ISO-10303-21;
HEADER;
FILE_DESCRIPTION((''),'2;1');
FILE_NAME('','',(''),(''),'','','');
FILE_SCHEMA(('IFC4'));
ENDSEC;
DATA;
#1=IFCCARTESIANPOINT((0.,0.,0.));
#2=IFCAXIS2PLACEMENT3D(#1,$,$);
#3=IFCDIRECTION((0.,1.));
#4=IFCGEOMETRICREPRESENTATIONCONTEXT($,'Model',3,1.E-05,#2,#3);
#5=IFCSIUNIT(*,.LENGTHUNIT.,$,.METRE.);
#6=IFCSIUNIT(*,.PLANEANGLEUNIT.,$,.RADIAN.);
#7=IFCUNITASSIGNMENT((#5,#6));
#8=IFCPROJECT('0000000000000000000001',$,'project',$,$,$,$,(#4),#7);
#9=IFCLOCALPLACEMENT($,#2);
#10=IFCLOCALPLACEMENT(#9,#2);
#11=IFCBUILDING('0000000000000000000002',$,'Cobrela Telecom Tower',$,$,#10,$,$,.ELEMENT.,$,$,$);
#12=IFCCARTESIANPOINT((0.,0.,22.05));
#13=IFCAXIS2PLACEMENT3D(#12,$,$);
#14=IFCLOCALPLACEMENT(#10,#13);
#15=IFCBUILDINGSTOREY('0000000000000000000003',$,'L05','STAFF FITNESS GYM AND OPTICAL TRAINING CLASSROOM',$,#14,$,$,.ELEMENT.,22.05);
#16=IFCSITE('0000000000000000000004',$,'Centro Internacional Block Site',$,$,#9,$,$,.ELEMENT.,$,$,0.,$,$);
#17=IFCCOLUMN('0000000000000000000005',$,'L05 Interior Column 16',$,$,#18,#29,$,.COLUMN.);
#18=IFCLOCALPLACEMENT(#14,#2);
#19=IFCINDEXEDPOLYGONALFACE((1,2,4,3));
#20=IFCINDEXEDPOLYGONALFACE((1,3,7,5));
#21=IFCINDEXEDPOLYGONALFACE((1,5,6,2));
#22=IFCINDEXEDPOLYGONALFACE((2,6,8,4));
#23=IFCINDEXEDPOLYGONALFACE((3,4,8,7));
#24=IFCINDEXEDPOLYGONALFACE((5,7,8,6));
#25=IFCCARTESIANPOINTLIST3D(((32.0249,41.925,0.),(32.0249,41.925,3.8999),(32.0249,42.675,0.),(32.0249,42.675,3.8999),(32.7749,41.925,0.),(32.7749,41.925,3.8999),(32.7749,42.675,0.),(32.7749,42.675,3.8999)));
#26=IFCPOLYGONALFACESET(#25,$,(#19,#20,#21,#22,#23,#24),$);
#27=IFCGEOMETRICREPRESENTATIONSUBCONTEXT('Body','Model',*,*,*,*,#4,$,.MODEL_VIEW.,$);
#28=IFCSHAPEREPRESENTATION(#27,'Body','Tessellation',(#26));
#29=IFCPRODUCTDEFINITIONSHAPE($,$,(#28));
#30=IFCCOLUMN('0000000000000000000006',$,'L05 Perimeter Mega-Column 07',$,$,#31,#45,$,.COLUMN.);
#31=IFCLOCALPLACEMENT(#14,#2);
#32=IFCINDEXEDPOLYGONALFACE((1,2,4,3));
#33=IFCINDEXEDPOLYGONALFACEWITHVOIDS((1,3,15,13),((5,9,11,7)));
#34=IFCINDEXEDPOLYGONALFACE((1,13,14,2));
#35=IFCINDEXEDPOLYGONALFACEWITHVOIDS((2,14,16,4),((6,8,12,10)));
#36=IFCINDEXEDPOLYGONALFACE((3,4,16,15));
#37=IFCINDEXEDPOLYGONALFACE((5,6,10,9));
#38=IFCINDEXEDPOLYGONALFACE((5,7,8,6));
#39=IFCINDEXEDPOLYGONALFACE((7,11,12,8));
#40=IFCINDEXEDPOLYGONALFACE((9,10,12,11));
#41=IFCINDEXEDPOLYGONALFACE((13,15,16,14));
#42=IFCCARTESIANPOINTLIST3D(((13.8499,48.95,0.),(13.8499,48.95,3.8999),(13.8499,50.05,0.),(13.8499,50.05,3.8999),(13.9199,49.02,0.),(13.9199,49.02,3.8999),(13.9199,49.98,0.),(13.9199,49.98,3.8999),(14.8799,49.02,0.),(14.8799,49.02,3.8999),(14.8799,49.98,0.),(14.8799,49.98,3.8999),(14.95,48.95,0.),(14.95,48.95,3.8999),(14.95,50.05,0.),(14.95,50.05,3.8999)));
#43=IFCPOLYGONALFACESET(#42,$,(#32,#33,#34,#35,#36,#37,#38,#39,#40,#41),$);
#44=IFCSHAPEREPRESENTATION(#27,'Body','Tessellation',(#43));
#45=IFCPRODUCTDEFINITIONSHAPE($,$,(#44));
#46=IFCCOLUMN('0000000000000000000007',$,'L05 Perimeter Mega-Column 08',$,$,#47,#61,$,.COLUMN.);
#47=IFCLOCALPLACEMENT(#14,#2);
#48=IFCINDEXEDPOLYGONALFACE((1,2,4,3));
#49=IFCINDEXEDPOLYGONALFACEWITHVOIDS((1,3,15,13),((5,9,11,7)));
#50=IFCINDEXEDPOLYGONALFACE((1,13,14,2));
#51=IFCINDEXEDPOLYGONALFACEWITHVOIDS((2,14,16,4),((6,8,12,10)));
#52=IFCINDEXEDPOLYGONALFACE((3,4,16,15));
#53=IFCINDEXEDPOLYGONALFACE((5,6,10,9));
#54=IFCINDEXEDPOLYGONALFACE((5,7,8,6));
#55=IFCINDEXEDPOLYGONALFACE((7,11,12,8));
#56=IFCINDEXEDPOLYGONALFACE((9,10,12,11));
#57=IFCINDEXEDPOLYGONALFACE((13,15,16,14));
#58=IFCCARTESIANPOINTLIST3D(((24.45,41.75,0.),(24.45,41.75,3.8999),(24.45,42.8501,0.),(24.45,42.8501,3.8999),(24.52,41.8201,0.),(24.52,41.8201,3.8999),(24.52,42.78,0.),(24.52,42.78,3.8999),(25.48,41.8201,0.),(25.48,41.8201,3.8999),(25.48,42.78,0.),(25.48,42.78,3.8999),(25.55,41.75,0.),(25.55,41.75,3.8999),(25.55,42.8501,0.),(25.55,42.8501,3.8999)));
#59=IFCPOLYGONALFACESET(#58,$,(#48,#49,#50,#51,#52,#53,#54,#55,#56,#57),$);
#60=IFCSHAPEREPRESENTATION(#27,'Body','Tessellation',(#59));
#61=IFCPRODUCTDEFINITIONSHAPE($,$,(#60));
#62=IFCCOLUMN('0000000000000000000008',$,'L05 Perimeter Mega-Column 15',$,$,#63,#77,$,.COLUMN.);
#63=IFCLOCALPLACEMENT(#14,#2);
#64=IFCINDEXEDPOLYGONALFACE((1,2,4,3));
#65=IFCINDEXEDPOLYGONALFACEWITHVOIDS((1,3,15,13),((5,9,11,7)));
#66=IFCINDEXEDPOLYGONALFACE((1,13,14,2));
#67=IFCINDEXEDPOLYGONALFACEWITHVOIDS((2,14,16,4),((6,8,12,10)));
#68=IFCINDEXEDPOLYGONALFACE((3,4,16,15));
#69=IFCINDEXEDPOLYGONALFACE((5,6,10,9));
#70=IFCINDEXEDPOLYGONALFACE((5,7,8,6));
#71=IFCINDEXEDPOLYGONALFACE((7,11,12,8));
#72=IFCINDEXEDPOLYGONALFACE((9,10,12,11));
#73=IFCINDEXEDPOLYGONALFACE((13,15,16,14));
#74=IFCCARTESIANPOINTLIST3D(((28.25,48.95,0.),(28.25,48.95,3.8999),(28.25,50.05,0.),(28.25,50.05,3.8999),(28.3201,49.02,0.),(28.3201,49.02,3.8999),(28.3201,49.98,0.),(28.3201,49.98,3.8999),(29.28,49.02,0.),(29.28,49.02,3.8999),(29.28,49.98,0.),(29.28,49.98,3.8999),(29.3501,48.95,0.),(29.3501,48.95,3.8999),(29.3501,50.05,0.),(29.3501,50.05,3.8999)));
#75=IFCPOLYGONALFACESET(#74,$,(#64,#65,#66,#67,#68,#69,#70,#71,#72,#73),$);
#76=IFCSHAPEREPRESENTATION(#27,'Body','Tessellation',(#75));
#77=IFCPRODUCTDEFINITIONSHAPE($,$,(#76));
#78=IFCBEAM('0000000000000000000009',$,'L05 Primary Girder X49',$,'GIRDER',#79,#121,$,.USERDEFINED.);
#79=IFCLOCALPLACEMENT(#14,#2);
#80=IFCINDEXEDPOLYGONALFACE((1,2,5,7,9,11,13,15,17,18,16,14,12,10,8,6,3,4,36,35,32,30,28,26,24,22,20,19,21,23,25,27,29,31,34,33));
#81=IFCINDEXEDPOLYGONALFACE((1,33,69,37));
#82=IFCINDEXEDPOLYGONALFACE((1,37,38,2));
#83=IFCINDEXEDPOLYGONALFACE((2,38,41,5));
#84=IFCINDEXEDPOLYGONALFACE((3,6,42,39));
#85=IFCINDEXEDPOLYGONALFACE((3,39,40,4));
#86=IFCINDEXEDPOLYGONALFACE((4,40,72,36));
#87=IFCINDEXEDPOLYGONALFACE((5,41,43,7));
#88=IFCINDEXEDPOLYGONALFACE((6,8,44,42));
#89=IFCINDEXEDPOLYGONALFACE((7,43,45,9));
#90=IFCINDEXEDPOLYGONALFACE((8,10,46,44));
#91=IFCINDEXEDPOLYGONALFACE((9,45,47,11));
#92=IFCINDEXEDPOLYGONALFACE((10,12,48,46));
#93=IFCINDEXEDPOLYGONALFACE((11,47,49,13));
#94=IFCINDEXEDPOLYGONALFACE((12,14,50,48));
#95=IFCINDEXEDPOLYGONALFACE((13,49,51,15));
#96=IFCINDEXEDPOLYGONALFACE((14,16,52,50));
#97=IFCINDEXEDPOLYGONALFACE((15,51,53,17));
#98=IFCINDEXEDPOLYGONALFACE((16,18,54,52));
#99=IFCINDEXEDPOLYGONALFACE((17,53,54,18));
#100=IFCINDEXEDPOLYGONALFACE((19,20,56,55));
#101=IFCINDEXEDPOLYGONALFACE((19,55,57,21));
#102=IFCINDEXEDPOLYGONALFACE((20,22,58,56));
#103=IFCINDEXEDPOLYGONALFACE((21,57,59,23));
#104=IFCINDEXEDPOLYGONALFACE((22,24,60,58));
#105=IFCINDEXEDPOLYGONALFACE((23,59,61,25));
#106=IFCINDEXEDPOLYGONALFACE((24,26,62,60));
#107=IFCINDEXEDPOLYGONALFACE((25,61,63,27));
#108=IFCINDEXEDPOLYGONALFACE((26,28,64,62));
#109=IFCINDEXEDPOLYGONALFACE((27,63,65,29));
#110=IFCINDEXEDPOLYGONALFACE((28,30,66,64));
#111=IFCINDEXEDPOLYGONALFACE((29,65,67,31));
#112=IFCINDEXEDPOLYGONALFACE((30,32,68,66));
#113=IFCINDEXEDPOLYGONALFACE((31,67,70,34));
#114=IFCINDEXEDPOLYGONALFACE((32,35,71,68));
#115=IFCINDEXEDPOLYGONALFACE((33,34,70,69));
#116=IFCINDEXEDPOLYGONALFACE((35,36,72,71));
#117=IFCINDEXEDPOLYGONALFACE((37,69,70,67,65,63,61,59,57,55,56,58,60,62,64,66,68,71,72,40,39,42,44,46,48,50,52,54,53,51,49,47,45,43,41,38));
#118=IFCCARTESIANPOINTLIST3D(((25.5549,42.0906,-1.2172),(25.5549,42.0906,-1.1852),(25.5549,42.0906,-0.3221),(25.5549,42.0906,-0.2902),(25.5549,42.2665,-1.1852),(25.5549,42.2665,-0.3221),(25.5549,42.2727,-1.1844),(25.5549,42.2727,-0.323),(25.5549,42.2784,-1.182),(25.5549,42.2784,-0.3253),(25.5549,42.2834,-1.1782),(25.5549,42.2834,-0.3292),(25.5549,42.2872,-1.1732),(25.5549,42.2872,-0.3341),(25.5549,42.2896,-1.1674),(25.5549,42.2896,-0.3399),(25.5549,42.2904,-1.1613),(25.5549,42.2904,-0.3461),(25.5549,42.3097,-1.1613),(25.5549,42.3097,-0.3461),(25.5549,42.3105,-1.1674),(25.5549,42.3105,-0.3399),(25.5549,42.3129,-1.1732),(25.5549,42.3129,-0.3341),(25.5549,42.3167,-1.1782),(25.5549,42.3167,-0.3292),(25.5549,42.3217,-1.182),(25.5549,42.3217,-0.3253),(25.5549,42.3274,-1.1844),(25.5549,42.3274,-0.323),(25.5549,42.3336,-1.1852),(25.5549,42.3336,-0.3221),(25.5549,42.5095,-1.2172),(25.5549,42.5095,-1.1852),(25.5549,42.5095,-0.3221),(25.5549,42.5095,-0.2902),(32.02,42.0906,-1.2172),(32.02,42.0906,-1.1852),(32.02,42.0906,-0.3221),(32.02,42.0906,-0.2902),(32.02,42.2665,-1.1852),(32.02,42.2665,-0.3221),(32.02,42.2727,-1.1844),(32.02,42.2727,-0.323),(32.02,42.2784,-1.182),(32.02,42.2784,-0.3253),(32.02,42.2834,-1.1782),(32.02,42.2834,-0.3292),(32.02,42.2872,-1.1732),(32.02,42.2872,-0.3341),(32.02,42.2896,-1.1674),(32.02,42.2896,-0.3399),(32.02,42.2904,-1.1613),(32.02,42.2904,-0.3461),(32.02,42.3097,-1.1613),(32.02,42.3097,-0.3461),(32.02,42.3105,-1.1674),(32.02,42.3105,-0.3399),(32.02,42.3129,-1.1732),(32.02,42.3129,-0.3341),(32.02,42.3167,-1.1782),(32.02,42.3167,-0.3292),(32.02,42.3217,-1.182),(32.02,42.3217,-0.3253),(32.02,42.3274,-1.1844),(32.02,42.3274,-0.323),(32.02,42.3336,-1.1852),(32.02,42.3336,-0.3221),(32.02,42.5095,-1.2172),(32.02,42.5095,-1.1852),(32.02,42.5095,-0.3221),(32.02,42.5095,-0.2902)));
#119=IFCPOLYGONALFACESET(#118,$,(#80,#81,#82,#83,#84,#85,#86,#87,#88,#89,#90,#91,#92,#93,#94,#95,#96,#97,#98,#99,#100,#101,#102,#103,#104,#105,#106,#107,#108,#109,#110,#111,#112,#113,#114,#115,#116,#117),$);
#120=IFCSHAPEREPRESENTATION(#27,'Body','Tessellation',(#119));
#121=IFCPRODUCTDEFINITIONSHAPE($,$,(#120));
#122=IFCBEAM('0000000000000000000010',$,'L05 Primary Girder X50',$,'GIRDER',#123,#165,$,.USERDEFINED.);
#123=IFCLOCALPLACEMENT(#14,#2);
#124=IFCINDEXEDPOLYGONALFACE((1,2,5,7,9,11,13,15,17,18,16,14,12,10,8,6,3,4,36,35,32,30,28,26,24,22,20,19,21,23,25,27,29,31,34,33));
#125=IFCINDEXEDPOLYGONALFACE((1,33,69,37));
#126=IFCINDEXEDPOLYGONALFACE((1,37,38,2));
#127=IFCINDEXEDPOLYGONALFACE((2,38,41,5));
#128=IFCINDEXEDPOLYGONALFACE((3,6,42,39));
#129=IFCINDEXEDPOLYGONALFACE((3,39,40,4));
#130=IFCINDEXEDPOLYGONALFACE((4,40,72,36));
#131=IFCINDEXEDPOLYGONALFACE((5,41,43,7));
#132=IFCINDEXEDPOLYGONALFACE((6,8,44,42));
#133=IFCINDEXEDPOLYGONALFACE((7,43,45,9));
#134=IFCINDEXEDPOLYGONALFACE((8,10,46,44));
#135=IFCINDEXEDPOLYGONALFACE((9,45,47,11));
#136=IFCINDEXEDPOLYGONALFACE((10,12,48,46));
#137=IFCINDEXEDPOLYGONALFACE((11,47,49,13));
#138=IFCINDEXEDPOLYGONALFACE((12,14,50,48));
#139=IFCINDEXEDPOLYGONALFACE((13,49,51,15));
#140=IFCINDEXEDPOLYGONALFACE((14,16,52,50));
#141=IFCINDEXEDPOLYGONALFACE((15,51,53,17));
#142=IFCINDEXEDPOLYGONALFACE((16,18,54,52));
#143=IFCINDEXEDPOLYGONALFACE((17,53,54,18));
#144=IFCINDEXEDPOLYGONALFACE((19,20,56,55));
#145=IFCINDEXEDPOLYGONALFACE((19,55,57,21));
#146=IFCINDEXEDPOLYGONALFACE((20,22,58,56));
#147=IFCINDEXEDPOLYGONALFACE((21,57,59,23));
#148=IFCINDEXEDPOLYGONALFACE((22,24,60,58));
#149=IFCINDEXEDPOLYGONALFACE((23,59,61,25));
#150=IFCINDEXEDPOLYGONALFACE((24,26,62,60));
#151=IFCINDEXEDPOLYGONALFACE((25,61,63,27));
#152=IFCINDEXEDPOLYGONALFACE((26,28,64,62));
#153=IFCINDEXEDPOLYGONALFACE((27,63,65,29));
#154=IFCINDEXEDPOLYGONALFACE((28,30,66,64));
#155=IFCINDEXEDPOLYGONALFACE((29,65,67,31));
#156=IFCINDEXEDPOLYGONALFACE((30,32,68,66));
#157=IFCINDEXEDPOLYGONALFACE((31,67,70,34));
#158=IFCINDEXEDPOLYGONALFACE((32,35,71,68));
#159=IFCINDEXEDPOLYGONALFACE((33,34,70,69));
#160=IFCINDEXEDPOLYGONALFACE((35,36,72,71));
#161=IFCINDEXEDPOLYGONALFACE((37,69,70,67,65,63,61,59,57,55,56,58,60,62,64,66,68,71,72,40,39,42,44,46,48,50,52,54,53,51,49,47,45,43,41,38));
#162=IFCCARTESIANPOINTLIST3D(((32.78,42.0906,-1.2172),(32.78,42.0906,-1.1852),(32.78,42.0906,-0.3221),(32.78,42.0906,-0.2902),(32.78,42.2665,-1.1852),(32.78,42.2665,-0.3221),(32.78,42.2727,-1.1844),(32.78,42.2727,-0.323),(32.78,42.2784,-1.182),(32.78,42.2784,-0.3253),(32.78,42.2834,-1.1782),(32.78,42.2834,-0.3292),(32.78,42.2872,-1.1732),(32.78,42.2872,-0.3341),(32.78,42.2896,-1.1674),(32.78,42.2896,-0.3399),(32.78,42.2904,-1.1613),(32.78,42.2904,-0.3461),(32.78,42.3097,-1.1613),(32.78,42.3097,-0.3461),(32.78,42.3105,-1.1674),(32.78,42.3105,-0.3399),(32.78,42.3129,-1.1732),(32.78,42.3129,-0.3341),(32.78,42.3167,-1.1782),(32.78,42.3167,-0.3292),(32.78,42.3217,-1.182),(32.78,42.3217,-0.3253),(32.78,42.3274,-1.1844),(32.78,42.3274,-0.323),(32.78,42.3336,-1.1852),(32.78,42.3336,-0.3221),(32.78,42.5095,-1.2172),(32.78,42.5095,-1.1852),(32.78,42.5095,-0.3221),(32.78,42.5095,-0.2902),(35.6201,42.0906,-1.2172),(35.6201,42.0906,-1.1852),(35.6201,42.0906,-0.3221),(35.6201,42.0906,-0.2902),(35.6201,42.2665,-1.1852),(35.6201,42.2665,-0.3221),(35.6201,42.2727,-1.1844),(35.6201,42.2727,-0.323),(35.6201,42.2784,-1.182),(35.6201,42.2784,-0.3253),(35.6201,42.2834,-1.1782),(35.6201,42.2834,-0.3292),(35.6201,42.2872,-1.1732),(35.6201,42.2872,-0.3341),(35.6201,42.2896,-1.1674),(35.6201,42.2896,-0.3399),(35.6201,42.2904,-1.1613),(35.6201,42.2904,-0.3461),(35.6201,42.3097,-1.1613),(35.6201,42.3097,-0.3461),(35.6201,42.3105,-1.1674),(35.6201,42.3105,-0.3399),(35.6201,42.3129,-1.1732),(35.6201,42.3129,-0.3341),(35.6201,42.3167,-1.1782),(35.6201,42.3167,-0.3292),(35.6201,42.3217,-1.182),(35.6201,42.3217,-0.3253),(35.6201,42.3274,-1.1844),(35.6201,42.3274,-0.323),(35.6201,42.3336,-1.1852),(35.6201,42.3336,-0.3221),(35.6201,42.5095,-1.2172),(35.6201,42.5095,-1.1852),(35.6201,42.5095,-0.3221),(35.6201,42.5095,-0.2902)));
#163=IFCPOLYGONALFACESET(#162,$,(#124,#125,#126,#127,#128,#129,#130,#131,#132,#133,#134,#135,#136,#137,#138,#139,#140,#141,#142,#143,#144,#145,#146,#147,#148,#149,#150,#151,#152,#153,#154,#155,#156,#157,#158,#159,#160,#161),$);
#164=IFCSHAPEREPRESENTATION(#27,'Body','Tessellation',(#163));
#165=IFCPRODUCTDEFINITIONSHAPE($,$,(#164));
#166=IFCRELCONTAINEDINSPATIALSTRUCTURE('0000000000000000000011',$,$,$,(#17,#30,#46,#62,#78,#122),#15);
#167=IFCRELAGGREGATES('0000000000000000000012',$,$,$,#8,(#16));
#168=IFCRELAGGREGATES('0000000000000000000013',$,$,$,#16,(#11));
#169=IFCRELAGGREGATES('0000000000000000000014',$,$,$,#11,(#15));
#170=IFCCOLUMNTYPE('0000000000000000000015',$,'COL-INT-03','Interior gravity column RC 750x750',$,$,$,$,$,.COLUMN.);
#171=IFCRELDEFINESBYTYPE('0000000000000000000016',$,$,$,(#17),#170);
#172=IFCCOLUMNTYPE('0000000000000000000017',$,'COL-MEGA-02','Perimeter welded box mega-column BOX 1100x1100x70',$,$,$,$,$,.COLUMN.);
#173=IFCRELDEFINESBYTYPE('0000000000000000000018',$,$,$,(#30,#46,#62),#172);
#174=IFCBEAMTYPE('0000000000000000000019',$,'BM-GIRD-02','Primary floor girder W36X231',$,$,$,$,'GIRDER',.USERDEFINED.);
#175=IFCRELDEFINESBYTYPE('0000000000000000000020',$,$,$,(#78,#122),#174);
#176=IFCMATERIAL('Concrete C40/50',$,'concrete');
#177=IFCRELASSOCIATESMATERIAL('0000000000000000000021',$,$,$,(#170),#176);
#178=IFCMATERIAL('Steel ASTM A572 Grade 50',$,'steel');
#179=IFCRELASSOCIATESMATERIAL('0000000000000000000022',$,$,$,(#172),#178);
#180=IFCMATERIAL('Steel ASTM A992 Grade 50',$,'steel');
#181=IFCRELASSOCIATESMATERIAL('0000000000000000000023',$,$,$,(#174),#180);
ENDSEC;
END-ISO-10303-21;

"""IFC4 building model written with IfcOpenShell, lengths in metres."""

from ifc_helpers import new_model, si_unit, direction, frame, origin, origin_2d, place, context, subcontext, project, spatial, rectangle, hollow_rectangle, i_section, extrude, material, material_profile, profile_set, type_object, element, save


model = new_model("IFC4")

# Units and contexts
model_context = context("Model", 3, precision=1e-05, world=origin(), true_north=direction((0.0, 1.0)))
body_context = subcontext(model_context, "Body", "Model", "MODEL_VIEW")
ifc_project = project(units=[si_unit("LENGTHUNIT", "METRE"), si_unit("PLANEANGLEUNIT", "RADIAN")], contexts=[model_context])

# Site, building, storey
site_placement = place(None, origin())
site = spatial("IfcSite", under=ifc_project, at=site_placement, Name="Centro Internacional Block Site", CompositionType="ELEMENT", RefElevation=0.0)
building_placement = place(site_placement, origin())
building = spatial("IfcBuilding", under=site, at=building_placement, Name="Cobrela Telecom Tower", CompositionType="ELEMENT")
storey_placement = place(building_placement, frame((0.0, 0.0, 22.05)))
storey = spatial("IfcBuildingStorey", under=building, at=storey_placement, Name="L05", Description="STAFF FITNESS GYM AND OPTICAL TRAINING CLASSROOM", CompositionType="ELEMENT", Elevation=22.05)

# Columns
ifc_material_1 = material(Name="Concrete C40/50", Category="concrete")
ifc_material_profile_1 = material_profile(ifc_material_1, rectangle(XDim=0.75, YDim=0.75, at=origin_2d()), Name="RC 750x750")
ifc_profile_set_1 = profile_set([ifc_material_profile_1], Name="Concrete C40/50")
column_type_1 = type_object("IfcColumnType", Name="COL-INT-03", Description="Interior gravity column RC 750x750", PredefinedType="COLUMN", material=ifc_profile_set_1)
column_placement = place(storey_placement, frame((32.3999, 42.3, 0.0), z_axis=(0.0, 0.0, 1.0), x_axis=(1.0, 0.0, 0.0)))
element("IfcColumn", 1, at=column_placement, inside=storey, type_object=column_type_1, Name="L05 Interior Column 16", PredefinedType="COLUMN", context=body_context, shape_type="SweptSolid", body=[
    extrude(rectangle(XDim=0.75, YDim=0.75, at=origin_2d()), origin(), (0.0, 0.0, 1.0), 3.8999),
])
ifc_material_2 = material(Name="Steel ASTM A572 Grade 50", Category="steel")
ifc_material_profile_2 = material_profile(ifc_material_2, hollow_rectangle(XDim=1.1001, YDim=1.1001, WallThickness=0.0701, at=origin_2d()), Name="BOX 1100x1100x70")
ifc_profile_set_2 = profile_set([ifc_material_profile_2], Name="Steel ASTM A572 Grade 50")
column_type_2 = type_object("IfcColumnType", Name="COL-MEGA-02", Description="Perimeter welded box mega-column BOX 1100x1100x70", PredefinedType="COLUMN", material=ifc_profile_set_2)
for number, where, z_axis, x_axis, name in (
    (2, (14.3999, 49.5, 0.0), (0.0, 0.0, 1.0), (1.0, 0.0, 0.0), "L05 Perimeter Mega-Column 07"),
    (3, (25.0, 42.3, 0.0), (0.0, 0.0, 1.0), (1.0, 0.0, 0.0), "L05 Perimeter Mega-Column 08"),
    (4, (28.8, 49.5, 0.0), (0.0, 0.0, 1.0), (1.0, 0.0, 0.0), "L05 Perimeter Mega-Column 15"),
):
    element("IfcColumn", number, at=place(storey_placement, frame(where, z_axis=z_axis, x_axis=x_axis)), inside=storey, type_object=column_type_2, Name=name, PredefinedType="COLUMN", context=body_context, shape_type="SweptSolid", body=[
        extrude(hollow_rectangle(XDim=1.1001, YDim=1.1001, WallThickness=0.0701, at=origin_2d()), origin(), (0.0, 0.0, 1.0), 3.8999),
    ])

# Beams
ifc_material_3 = material(Name="Steel ASTM A992 Grade 50", Category="steel")
ifc_material_profile_3 = material_profile(ifc_material_3, i_section(OverallWidth=0.4189, OverallDepth=0.927, WebThickness=0.0193, FlangeThickness=0.032, FilletRadius=0.0239, at=origin_2d()), Name="W36X231")
ifc_profile_set_3 = profile_set([ifc_material_profile_3], Name="Steel ASTM A992 Grade 50")
beam_type_1 = type_object("IfcBeamType", Name="BM-GIRD-02", Description="Primary floor girder W36X231", ElementType="GIRDER", PredefinedType="USERDEFINED", material=ifc_profile_set_3)
beam_1_placement = place(storey_placement, frame((25.5549, 42.3, -0.7537), z_axis=(1.0, 0.0, 0.0), x_axis=(0.0, 1.0, 0.0)))
element("IfcBeam", 5, at=beam_1_placement, inside=storey, type_object=beam_type_1, Name="L05 Primary Girder X49", ObjectType="GIRDER", PredefinedType="USERDEFINED", context=body_context, shape_type="SweptSolid", body=[
    extrude(i_section(OverallWidth=0.4189, OverallDepth=0.927, WebThickness=0.0193, FlangeThickness=0.032, FilletRadius=0.0239, at=origin_2d()), origin(), (0.0, 0.0, 1.0), 6.4651),
])
beam_2_placement = place(storey_placement, frame((32.78, 42.3, -0.7537), z_axis=(1.0, 0.0, 0.0), x_axis=(0.0, 1.0, 0.0)))
element("IfcBeam", 6, at=beam_2_placement, inside=storey, type_object=beam_type_1, Name="L05 Primary Girder X50", ObjectType="GIRDER", PredefinedType="USERDEFINED", context=body_context, shape_type="SweptSolid", body=[
    extrude(i_section(OverallWidth=0.4189, OverallDepth=0.927, WebThickness=0.0193, FlangeThickness=0.032, FilletRadius=0.0239, at=origin_2d()), origin(), (0.0, 0.0, 1.0), 2.8401),
])

save(model, "model.ifc")
